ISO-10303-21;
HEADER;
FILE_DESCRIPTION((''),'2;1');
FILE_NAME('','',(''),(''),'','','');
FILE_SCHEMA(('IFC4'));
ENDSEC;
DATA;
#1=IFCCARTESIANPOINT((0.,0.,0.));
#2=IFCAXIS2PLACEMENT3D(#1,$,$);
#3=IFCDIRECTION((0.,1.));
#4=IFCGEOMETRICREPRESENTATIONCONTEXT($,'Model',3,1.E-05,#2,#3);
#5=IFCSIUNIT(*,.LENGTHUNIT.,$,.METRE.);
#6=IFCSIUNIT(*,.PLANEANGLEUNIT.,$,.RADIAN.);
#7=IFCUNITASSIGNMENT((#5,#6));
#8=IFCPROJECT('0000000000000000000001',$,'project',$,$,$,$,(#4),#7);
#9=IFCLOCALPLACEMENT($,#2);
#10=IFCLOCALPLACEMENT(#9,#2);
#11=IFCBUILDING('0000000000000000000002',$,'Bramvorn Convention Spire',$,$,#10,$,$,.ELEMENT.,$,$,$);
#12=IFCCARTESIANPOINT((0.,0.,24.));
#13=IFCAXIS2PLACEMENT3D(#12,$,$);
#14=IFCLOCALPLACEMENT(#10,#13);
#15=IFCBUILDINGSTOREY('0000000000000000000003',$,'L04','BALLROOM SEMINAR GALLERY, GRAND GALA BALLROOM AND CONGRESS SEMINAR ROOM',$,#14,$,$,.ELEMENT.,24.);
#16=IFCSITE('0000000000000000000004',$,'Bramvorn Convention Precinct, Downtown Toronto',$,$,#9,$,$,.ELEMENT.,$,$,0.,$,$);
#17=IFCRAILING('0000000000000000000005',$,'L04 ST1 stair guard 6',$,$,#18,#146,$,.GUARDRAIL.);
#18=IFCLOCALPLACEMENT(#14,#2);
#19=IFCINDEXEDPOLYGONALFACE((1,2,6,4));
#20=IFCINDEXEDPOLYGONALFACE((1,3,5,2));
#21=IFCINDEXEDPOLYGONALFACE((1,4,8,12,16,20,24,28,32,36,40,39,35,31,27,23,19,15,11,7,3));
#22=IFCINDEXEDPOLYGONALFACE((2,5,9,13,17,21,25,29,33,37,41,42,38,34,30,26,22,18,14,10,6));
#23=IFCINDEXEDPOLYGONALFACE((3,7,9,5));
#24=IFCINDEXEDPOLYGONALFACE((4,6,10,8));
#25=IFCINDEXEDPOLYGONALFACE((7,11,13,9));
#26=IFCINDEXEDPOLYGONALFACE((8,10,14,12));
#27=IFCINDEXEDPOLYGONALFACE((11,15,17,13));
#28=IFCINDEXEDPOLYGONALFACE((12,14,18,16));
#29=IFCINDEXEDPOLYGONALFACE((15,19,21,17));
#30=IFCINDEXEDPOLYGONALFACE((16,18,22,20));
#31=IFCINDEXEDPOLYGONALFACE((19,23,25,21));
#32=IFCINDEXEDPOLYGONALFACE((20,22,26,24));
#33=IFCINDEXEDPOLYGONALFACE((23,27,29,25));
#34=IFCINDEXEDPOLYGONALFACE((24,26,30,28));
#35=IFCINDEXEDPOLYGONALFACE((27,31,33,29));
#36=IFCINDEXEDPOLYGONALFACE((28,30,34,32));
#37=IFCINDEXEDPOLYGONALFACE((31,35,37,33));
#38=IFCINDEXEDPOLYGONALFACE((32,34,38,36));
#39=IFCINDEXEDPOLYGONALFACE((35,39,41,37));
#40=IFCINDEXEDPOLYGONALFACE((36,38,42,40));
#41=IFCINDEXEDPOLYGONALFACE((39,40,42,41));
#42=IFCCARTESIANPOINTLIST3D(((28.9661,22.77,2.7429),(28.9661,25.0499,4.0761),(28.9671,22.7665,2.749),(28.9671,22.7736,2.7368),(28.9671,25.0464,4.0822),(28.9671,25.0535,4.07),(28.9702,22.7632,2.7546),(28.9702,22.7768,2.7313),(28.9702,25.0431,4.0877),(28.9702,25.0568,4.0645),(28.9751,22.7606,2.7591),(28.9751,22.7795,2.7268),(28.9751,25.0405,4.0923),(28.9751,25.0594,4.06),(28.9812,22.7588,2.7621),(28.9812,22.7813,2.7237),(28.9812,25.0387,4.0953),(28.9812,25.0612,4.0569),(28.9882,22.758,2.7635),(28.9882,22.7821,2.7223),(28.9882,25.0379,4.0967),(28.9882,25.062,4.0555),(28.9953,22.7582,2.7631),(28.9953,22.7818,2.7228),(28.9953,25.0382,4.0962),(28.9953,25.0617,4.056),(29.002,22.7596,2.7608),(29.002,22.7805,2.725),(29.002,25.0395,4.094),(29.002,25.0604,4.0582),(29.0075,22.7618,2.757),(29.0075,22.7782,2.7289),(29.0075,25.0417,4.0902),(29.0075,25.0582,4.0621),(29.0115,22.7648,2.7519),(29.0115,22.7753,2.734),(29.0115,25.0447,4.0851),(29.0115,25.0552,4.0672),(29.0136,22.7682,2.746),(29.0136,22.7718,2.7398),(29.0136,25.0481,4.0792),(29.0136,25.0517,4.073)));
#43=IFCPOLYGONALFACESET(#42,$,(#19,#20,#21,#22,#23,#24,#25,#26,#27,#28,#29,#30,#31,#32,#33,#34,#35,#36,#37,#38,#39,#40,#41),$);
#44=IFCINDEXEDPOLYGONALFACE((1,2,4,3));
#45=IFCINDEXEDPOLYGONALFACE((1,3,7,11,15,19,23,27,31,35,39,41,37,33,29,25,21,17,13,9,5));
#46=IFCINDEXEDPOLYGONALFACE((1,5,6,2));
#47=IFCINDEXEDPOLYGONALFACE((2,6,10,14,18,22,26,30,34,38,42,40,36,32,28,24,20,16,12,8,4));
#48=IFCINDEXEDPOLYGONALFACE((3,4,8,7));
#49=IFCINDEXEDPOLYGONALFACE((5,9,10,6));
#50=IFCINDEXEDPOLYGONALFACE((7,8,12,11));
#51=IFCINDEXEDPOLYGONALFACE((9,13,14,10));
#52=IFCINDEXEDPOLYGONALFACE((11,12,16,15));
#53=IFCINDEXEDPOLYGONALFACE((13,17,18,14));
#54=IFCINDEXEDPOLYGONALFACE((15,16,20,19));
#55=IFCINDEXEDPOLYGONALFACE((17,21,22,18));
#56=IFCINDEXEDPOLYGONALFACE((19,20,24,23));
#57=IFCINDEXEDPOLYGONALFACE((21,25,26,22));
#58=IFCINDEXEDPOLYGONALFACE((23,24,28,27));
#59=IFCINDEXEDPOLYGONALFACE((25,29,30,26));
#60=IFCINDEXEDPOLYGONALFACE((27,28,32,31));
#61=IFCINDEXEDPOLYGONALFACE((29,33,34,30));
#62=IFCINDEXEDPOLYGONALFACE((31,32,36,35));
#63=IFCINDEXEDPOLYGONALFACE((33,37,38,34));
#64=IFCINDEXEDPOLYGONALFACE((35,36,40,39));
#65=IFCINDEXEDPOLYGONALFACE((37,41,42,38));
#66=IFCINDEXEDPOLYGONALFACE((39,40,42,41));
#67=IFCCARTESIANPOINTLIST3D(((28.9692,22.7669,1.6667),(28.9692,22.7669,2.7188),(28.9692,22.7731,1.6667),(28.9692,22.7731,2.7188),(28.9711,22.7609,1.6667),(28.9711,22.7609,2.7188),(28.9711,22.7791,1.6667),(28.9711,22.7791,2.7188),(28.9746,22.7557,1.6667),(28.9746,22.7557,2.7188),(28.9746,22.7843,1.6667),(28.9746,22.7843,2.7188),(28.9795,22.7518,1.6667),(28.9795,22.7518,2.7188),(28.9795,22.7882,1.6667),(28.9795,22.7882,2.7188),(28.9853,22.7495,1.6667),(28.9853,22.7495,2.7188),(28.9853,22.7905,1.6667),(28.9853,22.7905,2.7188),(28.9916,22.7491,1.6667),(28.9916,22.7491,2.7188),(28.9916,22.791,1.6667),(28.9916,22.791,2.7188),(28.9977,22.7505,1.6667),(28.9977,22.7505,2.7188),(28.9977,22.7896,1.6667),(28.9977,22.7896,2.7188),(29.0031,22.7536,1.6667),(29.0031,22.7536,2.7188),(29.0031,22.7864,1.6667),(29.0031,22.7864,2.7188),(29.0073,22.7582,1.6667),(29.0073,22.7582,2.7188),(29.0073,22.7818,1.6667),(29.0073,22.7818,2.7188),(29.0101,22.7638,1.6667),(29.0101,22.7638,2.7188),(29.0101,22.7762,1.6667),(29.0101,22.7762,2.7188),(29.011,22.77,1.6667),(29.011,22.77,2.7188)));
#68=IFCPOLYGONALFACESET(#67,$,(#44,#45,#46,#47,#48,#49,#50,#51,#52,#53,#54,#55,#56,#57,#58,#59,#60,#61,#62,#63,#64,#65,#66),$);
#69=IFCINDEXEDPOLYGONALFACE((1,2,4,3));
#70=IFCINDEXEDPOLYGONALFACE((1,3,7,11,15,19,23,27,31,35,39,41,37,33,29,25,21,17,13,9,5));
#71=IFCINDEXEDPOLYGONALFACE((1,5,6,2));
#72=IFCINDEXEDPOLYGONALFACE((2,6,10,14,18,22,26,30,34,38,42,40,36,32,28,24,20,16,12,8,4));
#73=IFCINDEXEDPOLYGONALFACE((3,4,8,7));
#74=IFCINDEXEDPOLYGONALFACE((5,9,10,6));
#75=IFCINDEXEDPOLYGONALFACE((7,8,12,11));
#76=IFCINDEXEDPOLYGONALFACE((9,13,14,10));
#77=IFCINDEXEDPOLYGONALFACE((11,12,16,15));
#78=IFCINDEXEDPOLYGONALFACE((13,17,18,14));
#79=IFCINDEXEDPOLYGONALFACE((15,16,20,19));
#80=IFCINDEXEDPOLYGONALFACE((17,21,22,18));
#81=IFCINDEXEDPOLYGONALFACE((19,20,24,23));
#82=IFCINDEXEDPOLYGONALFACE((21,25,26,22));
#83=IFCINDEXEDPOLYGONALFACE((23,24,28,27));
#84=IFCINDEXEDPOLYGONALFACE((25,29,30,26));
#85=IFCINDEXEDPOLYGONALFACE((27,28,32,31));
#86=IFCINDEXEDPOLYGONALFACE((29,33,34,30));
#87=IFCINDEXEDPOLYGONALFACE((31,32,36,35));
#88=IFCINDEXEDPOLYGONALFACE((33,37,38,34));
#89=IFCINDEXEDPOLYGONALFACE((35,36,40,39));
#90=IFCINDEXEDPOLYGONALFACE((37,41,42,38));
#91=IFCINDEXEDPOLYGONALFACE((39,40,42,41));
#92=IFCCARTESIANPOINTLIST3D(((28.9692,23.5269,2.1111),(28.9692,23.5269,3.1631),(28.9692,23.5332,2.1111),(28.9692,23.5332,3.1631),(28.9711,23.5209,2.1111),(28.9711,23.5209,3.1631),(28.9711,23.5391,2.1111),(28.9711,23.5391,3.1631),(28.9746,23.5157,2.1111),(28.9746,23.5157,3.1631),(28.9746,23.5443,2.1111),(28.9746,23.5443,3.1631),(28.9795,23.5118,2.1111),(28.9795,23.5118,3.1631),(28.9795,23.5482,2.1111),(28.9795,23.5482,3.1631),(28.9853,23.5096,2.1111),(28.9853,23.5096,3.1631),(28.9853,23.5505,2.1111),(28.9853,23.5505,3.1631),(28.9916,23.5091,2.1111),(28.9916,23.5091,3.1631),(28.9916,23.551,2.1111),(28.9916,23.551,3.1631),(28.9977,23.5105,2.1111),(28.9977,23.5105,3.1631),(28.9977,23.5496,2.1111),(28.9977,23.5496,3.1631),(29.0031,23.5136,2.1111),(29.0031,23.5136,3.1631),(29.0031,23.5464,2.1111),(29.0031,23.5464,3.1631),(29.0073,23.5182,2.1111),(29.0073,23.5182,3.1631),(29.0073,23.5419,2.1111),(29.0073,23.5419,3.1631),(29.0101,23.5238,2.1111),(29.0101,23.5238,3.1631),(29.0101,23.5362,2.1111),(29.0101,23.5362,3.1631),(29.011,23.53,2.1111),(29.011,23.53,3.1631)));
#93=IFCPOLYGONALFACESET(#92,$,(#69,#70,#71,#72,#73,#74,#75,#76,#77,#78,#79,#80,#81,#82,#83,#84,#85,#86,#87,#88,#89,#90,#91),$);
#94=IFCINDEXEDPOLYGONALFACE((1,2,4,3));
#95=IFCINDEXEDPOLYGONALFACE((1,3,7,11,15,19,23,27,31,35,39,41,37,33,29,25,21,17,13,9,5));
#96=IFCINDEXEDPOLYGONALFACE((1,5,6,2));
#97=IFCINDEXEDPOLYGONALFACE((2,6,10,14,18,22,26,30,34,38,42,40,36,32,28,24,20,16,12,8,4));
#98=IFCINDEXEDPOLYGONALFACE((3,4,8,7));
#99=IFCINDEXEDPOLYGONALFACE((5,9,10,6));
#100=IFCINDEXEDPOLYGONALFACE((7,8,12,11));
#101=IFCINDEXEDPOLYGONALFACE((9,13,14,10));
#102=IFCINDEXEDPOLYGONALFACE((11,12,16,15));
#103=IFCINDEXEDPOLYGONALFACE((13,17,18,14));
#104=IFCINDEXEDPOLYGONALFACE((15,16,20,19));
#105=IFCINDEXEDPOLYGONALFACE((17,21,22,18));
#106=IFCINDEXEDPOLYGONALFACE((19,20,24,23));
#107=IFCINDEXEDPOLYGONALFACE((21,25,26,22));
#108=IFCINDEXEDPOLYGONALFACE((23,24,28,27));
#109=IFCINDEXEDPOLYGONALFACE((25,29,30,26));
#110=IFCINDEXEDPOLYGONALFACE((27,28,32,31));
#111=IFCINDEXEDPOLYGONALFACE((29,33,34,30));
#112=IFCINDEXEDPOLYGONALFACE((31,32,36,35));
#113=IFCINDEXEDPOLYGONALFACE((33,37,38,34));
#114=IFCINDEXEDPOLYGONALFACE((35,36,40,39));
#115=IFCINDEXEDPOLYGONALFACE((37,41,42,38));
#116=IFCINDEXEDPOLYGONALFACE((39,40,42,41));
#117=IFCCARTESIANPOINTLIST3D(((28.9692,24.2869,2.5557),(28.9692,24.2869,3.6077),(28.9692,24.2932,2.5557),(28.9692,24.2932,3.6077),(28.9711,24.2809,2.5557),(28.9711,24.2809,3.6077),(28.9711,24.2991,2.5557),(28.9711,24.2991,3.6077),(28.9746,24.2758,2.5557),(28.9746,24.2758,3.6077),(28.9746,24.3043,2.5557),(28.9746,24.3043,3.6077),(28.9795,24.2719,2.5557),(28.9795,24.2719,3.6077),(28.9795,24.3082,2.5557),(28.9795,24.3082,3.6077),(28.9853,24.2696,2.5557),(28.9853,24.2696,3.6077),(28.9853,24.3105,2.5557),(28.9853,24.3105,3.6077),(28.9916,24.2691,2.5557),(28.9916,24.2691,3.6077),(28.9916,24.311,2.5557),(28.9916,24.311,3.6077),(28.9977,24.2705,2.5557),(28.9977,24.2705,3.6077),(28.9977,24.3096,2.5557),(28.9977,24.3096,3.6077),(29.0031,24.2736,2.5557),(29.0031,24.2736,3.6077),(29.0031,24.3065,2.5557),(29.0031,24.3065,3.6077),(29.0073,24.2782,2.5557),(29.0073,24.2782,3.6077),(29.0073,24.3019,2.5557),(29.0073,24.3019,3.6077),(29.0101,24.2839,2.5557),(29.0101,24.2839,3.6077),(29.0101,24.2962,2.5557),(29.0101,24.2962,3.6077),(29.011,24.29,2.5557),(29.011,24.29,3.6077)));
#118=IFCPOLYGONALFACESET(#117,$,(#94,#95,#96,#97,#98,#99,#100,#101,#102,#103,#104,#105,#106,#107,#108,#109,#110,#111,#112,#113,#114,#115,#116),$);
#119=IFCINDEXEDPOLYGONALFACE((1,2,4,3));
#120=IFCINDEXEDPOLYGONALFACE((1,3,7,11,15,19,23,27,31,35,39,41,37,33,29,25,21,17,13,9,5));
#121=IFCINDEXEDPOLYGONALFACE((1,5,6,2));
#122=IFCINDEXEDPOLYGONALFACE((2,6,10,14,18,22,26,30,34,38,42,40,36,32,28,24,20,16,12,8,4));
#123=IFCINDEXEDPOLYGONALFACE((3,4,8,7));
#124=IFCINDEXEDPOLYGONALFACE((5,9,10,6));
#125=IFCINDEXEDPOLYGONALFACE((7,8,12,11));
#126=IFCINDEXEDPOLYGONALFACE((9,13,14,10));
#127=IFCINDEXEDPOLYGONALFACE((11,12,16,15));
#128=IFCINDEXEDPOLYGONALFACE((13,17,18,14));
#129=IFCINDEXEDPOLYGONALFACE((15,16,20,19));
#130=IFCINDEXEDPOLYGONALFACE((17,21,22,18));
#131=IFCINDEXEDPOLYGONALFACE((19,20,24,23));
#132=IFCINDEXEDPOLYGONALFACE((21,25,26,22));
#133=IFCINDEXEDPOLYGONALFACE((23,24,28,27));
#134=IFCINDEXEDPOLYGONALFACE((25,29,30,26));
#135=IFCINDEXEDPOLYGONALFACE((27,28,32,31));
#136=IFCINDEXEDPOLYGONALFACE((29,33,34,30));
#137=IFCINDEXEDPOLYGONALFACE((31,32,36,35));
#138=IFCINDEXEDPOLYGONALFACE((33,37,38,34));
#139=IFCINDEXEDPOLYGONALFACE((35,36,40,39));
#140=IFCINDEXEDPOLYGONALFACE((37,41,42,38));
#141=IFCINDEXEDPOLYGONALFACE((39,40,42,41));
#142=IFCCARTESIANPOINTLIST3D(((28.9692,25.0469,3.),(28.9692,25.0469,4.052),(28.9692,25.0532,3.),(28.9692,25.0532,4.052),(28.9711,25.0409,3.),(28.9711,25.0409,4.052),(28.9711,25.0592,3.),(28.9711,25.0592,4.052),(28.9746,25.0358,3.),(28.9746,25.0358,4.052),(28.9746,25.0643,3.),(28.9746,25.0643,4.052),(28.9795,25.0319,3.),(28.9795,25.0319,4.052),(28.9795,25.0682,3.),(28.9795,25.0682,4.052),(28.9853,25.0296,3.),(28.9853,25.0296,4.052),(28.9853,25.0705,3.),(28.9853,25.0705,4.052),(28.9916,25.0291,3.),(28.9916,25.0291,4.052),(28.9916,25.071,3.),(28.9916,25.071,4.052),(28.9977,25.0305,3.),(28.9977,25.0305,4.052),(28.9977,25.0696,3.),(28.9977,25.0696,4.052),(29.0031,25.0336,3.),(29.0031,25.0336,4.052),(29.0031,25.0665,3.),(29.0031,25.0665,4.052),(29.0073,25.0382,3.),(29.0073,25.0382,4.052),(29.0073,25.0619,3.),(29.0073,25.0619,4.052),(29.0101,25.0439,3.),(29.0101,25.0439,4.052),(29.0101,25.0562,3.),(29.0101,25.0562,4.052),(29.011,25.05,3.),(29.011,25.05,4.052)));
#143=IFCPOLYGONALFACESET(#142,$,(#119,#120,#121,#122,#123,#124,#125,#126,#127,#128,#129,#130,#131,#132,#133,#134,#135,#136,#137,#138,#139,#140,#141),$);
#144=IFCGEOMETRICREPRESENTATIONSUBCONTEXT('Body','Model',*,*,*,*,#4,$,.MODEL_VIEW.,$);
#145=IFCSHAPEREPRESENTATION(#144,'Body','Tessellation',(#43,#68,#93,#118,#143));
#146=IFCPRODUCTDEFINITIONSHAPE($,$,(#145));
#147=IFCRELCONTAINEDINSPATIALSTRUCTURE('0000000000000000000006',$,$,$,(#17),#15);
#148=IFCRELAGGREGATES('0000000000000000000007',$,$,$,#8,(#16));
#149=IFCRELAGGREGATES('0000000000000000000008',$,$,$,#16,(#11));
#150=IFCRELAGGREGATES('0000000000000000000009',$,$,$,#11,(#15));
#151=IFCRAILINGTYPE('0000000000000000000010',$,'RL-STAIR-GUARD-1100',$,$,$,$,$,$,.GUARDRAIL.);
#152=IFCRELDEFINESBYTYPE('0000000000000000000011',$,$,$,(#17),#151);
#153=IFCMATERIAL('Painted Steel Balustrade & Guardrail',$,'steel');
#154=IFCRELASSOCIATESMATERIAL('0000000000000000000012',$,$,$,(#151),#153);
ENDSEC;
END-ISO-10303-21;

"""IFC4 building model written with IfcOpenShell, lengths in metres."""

from ifc_helpers import new_model, si_unit, direction, frame, origin, origin_2d, place, context, subcontext, project, spatial, circle, extrude, material, type_object, element, save


model = new_model("IFC4")

# Units and contexts
model_context = context("Model", 3, precision=1e-05, world=origin(), true_north=direction((0.0, 1.0)))
body_context = subcontext(model_context, "Body", "Model", "MODEL_VIEW")
ifc_project = project(units=[si_unit("LENGTHUNIT", "METRE"), si_unit("PLANEANGLEUNIT", "RADIAN")], contexts=[model_context])

# Site, building, storey
site_placement = place(None, origin())
site = spatial("IfcSite", under=ifc_project, at=site_placement, Name="Bramvorn Convention Precinct, Downtown Toronto", CompositionType="ELEMENT", RefElevation=0.0)
building_placement = place(site_placement, origin())
building = spatial("IfcBuilding", under=site, at=building_placement, Name="Bramvorn Convention Spire", CompositionType="ELEMENT")
storey_placement = place(building_placement, frame((0.0, 0.0, 24.0)))
storey = spatial("IfcBuildingStorey", under=building, at=storey_placement, Name="L04", Description="BALLROOM SEMINAR GALLERY, GRAND GALA BALLROOM AND CONGRESS SEMINAR ROOM", CompositionType="ELEMENT", Elevation=24.0)

# Railing
ifc_material_1 = material(Name="Painted Steel Balustrade & Guardrail", Category="steel")
railing_type = type_object("IfcRailingType", Name="RL-STAIR-GUARD-1100", PredefinedType="GUARDRAIL", material=ifc_material_1)
railing_1_placement = place(storey_placement, frame((28.99, 22.77, 1.6667)))
element("IfcRailing", 1, at=railing_1_placement, inside=storey, type_object=railing_type, Name="L04 ST1 stair guard 6", PredefinedType="GUARDRAIL", context=body_context, shape_type="SweptSolid", body=[
    extrude(circle(Radius=0.0239, at=origin_2d()), frame((0.0, 0.0, 1.0762), z_axis=(0.0, 0.863245, 0.504785), x_axis=(-1.0, 0.0, 0.0)), (0.0, 0.0, 1.0), 2.6411),
    extrude(circle(Radius=0.021, at=origin_2d()), origin(), (0.0, 0.0, 1.0), 1.052),
    extrude(circle(Radius=0.021, at=origin_2d()), frame((0.0, 0.76, 0.4443)), (0.0, 0.0, 1.0), 1.052),
    extrude(circle(Radius=0.021, at=origin_2d()), frame((0.0, 1.52, 0.8889)), (0.0, 0.0, 1.0), 1.052),
    extrude(circle(Radius=0.021, at=origin_2d()), frame((0.0, 2.28, 1.3333)), (0.0, 0.0, 1.0), 1.052),
])

save(model, "model.ifc")
